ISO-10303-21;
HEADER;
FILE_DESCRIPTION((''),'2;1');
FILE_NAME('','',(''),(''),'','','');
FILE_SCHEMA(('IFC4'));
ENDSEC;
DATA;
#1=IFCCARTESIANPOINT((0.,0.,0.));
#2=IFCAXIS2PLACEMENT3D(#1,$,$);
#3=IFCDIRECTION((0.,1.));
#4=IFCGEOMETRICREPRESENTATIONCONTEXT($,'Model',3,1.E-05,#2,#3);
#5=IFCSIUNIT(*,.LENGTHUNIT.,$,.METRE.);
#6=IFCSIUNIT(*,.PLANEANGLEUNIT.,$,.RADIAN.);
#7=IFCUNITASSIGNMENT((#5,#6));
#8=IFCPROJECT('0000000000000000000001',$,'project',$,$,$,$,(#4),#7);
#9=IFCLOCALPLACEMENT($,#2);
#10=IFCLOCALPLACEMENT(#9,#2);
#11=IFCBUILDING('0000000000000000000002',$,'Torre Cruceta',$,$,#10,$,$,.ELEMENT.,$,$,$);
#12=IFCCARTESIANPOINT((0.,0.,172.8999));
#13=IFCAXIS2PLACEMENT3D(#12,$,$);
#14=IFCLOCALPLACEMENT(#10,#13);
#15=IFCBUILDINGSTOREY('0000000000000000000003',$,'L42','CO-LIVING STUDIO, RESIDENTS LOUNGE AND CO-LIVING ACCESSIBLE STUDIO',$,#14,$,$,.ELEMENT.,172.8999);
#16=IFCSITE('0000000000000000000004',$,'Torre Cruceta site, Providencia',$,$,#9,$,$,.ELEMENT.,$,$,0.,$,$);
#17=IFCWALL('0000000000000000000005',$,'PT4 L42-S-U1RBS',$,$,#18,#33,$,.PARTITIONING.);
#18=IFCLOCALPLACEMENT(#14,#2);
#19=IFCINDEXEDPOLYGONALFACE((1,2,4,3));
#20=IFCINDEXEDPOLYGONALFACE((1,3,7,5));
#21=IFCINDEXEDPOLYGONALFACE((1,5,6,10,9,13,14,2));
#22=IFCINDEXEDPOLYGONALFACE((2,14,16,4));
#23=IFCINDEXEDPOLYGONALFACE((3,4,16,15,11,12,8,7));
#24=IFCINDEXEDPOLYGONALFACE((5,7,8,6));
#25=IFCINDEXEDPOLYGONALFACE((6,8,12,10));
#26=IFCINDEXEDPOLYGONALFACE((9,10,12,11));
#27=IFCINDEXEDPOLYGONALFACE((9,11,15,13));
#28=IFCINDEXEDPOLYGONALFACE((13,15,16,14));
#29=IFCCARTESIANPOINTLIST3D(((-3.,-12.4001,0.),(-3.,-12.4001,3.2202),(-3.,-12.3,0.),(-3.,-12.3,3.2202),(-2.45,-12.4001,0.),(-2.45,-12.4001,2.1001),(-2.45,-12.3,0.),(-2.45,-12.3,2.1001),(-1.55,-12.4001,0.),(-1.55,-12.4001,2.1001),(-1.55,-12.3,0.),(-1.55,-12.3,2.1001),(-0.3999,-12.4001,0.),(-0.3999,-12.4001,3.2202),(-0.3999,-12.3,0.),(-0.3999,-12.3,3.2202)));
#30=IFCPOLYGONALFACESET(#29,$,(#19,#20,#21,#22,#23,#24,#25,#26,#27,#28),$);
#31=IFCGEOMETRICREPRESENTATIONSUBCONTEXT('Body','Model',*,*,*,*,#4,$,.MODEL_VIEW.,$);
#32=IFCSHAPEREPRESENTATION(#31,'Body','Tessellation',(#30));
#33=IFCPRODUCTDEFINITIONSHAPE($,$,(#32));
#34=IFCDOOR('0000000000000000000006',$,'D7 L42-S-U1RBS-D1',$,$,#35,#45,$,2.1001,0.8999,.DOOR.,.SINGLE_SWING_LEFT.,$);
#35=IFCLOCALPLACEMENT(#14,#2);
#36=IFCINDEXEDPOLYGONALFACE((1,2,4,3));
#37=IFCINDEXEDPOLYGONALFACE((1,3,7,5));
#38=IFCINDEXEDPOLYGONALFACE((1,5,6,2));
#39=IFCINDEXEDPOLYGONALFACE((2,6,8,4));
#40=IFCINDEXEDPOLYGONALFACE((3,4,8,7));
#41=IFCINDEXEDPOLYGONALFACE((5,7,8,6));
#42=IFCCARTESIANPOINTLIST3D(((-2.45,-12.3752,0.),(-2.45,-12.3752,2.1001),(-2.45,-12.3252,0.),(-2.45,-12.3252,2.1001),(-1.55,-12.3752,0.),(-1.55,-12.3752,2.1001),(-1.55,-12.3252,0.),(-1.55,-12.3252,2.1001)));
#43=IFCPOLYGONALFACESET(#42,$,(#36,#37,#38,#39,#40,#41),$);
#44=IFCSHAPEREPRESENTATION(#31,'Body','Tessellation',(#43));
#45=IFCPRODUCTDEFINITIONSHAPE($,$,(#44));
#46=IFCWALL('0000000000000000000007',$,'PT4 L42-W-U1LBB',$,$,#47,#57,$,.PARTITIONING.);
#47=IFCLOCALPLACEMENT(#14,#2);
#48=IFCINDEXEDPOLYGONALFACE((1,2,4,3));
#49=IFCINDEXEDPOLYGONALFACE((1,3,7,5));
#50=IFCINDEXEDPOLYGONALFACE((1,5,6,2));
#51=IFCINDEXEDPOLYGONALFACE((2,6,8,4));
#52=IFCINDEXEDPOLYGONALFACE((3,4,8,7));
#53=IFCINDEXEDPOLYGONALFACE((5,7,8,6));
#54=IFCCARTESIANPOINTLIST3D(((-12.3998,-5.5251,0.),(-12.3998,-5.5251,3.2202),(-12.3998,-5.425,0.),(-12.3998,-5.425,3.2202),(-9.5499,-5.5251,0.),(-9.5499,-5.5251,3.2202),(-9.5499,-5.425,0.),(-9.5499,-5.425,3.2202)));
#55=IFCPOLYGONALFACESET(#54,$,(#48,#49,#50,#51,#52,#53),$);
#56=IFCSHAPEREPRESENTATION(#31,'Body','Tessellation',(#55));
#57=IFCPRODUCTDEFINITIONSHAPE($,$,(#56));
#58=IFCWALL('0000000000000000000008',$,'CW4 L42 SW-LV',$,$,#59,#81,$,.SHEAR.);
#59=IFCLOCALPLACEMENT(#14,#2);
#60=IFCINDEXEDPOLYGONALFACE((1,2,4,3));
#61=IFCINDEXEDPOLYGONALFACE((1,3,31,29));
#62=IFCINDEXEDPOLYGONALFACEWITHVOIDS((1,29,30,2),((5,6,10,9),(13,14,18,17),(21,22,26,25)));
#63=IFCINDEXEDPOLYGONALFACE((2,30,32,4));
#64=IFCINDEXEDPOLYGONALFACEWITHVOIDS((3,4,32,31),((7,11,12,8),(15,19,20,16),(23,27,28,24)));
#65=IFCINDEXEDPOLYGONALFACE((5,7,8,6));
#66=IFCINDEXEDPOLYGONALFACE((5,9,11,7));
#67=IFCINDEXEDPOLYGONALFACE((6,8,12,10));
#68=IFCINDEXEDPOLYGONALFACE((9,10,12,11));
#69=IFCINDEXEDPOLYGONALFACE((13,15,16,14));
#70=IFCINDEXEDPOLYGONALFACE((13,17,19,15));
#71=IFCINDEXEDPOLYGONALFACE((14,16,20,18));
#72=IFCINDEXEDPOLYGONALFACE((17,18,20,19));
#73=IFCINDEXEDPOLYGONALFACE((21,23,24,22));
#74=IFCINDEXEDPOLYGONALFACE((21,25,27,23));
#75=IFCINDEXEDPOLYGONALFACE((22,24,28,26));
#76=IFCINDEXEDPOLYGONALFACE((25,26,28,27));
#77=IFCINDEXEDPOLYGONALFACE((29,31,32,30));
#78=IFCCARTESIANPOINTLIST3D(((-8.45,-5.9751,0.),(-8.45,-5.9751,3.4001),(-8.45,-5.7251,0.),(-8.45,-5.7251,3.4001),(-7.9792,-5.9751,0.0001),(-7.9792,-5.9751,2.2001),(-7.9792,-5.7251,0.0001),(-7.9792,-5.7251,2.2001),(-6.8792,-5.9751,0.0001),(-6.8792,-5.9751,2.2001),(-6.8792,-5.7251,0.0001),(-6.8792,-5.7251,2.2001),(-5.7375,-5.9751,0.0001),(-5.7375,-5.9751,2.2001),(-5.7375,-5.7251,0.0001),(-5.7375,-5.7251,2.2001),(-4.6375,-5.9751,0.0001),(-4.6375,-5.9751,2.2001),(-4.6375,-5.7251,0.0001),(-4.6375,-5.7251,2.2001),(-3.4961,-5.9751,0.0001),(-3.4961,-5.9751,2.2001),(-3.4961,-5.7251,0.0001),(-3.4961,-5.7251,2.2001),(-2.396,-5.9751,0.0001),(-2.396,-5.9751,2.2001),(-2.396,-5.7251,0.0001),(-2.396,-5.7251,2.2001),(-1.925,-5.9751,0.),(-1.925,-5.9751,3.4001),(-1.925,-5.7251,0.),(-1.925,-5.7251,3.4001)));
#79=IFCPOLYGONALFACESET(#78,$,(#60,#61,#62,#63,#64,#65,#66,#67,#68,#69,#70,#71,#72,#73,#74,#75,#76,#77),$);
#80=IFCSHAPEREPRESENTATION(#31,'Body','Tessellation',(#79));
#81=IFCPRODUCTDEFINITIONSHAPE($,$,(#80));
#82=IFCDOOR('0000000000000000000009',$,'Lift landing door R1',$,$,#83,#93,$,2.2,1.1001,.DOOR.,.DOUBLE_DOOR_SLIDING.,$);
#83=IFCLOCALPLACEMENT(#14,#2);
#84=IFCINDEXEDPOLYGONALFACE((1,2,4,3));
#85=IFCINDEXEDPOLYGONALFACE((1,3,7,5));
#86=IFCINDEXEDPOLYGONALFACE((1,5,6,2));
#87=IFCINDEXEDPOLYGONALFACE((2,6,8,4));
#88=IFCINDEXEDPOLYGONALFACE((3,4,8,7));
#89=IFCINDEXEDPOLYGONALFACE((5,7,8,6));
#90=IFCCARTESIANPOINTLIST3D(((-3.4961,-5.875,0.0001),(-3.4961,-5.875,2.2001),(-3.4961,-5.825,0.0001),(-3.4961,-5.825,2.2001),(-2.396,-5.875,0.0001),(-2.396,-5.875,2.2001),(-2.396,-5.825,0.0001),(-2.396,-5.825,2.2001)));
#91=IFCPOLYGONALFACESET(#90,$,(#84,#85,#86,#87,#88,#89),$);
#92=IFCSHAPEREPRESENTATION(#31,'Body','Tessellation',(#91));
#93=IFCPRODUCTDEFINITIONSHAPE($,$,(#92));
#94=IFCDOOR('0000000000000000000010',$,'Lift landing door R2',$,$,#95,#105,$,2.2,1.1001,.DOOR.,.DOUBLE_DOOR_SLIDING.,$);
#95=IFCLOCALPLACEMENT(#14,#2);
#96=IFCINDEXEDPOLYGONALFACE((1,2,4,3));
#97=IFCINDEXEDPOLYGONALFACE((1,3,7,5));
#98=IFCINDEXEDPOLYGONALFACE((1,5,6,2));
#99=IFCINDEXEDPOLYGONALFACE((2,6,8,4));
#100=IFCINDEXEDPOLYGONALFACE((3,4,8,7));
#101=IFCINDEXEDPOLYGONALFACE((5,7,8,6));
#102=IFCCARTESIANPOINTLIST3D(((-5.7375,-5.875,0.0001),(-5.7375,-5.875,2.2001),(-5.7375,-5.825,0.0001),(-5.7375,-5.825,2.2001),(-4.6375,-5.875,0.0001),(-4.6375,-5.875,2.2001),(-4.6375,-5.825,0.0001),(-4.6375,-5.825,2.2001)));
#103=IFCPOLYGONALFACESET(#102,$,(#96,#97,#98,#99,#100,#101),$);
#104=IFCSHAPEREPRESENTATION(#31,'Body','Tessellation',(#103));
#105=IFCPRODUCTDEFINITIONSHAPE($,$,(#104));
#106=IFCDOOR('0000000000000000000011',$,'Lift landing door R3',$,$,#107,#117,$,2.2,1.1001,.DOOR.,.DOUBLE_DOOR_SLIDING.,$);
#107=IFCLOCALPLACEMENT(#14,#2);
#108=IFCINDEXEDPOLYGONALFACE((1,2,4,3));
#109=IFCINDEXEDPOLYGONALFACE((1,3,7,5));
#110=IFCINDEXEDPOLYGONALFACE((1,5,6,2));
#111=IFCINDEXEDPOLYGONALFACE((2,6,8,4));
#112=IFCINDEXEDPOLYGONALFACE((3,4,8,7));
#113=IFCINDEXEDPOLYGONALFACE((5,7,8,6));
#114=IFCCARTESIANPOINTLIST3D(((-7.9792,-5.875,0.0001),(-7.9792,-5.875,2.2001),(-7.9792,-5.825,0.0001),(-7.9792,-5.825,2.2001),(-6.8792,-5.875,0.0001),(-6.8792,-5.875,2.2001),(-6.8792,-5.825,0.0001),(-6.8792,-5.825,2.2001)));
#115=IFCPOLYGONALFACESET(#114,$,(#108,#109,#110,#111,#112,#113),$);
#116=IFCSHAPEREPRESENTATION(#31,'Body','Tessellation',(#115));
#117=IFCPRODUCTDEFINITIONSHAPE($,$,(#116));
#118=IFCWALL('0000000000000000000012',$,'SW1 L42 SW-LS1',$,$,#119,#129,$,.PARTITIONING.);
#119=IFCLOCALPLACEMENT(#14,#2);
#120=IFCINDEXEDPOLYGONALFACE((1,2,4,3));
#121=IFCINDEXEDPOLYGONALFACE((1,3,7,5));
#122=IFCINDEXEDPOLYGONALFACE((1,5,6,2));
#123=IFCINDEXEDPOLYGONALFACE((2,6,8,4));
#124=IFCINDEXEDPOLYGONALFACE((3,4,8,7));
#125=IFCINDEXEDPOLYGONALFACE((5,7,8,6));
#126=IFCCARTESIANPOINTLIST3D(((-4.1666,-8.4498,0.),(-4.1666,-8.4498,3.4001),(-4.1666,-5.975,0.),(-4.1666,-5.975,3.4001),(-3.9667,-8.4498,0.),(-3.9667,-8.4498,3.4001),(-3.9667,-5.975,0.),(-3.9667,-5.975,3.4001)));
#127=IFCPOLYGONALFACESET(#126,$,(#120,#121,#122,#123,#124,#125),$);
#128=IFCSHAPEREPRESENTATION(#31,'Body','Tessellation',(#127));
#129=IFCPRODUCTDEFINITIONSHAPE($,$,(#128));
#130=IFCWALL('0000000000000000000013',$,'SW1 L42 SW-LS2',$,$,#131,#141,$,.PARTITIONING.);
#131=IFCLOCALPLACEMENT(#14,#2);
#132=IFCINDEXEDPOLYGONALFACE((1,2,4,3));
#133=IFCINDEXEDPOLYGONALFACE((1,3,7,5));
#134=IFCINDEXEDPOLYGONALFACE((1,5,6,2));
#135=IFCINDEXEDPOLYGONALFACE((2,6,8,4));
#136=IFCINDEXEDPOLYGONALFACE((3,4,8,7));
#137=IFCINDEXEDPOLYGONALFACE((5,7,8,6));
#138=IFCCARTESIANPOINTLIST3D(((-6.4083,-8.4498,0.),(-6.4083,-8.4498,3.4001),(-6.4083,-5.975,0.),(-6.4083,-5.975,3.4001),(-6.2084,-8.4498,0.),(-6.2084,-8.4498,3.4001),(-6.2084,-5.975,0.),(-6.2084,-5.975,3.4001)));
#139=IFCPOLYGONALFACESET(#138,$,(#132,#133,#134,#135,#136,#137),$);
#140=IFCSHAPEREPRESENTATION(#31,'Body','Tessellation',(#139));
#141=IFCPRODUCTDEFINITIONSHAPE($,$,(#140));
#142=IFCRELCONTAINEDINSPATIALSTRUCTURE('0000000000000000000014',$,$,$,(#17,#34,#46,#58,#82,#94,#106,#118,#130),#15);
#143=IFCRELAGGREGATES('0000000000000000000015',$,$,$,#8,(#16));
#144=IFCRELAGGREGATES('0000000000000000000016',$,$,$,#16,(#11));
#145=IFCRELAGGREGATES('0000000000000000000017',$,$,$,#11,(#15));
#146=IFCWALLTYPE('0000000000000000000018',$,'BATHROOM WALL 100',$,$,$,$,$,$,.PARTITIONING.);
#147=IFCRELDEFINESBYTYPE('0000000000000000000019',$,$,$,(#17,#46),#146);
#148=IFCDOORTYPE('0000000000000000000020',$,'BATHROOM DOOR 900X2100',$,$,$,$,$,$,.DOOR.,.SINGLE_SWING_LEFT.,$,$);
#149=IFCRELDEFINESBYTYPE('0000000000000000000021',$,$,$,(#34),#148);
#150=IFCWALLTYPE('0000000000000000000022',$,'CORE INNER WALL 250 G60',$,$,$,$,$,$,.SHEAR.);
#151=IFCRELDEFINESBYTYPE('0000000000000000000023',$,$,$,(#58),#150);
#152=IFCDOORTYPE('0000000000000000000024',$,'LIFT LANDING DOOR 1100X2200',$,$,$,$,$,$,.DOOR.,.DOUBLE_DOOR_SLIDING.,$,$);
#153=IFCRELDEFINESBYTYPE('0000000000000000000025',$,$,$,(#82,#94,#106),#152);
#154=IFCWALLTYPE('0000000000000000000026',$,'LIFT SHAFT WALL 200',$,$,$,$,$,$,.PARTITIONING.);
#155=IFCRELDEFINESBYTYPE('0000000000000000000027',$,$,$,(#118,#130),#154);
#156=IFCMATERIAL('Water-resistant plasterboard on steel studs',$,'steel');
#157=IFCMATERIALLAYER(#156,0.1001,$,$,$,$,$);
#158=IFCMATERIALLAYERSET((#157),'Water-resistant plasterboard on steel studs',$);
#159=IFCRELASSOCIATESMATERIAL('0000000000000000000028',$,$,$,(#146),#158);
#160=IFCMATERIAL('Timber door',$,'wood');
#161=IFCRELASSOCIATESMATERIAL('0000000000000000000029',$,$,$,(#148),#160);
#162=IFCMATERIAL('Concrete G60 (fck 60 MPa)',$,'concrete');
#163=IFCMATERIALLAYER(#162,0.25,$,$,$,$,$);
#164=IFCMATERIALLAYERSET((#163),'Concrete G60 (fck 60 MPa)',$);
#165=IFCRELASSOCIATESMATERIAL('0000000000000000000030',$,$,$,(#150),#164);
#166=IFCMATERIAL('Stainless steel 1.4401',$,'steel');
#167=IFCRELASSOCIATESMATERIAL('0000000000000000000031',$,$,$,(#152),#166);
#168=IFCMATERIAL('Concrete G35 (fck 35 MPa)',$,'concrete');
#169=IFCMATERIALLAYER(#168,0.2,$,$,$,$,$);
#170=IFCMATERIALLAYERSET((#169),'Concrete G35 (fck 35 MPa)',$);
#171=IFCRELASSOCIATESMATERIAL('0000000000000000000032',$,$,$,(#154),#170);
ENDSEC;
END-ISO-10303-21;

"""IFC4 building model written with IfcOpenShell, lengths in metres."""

from ifc_helpers import new_model, si_unit, direction, frame, frame_2d, origin, place, context, subcontext, project, spatial, rectangle, extrude, material, layer, layer_set, type_object, element, fill, save


model = new_model("IFC4")

# Units and contexts
model_context = context("Model", 3, precision=1e-05, world=origin(), true_north=direction((0.0, 1.0)))
body_context = subcontext(model_context, "Body", "Model", "MODEL_VIEW")
ifc_project = project(units=[si_unit("LENGTHUNIT", "METRE"), si_unit("PLANEANGLEUNIT", "RADIAN")], contexts=[model_context])

# Site, building, storey
site_placement = place(None, origin())
site = spatial("IfcSite", under=ifc_project, at=site_placement, Name="Torre Cruceta site, Providencia", CompositionType="ELEMENT", RefElevation=0.0)
building_placement = place(site_placement, origin())
building = spatial("IfcBuilding", under=site, at=building_placement, Name="Torre Cruceta", CompositionType="ELEMENT")
storey_placement = place(building_placement, frame((0.0, 0.0, 172.8999)))
storey = spatial("IfcBuildingStorey", under=building, at=storey_placement, Name="L42", Description="CO-LIVING STUDIO, RESIDENTS LOUNGE AND CO-LIVING ACCESSIBLE STUDIO", CompositionType="ELEMENT", Elevation=172.8999)

# Shared definitions
ifc_material_1 = material(Name="Water-resistant plasterboard on steel studs", Category="steel")
ifc_layer_1 = layer(ifc_material_1, 0.1001)
ifc_layer_set_1 = layer_set([ifc_layer_1], Name="Water-resistant plasterboard on steel studs")
wall_type_1 = type_object("IfcWallType", Name="BATHROOM WALL 100", PredefinedType="PARTITIONING", material=ifc_layer_set_1)

# Wall, opening, door
wall_1_placement = place(storey_placement, frame((-3.0, -12.3501, 0.0), z_axis=(0.0, 0.0, 1.0), x_axis=(1.0, 0.0, 0.0)))
wall_1 = element("IfcWall", 1, at=wall_1_placement, inside=storey, type_object=wall_type_1, Name="PT4 L42-S-U1RBS", PredefinedType="PARTITIONING", context=body_context, shape_type="SweptSolid", body=[
    extrude(rectangle(XDim=2.6001, YDim=0.1001, at=frame_2d((1.3, 0.0))), origin(), (0.0, 0.0, 1.0), 3.2202),
])
opening_1_placement = place(wall_1_placement, frame((0.55, 0.0, 0.0)))
opening_1 = element("IfcOpeningElement", 2, at=opening_1_placement, cuts=wall_1, PredefinedType="OPENING", context=body_context, shape_type="SweptSolid", body=[
    extrude(rectangle(XDim=0.8999, YDim=2.1001, at=frame_2d((0.45, 1.05))), frame((0.0, 0.0601, 0.0), z_axis=(0.0, -1.0, 0.0), x_axis=(1.0, 0.0, 0.0)), (0.0, 0.0, 1.0), 0.1201),
])
ifc_material_2 = material(Name="Timber door", Category="wood")
door_type_1 = type_object("IfcDoorType", Name="BATHROOM DOOR 900X2100", OperationType="SINGLE_SWING_LEFT", PredefinedType="DOOR", material=ifc_material_2)
door_1_placement = place(opening_1_placement, origin())
door_1 = element("IfcDoor", 3, at=door_1_placement, inside=storey, type_object=door_type_1, Name="D7 L42-S-U1RBS-D1", OperationType="SINGLE_SWING_LEFT", OverallHeight=2.1001, OverallWidth=0.8999, PredefinedType="DOOR", context=body_context, shape_type="SweptSolid", body=[
    extrude(rectangle(XDim=0.8999, YDim=2.1001, at=frame_2d((0.45, 1.05))), frame((0.0, 0.0249, 0.0), z_axis=(0.0, -1.0, 0.0), x_axis=(1.0, 0.0, 0.0)), (0.0, 0.0, 1.0), 0.05),
])
fill(opening_1, door_1)

# Wall
wall_2_placement = place(storey_placement, frame((-9.55, -5.4751, 0.0), z_axis=(0.0, 0.0, 1.0), x_axis=(-1.0, 0.0, 0.0)))
element("IfcWall", 4, at=wall_2_placement, inside=storey, type_object=wall_type_1, Name="PT4 L42-W-U1LBB", PredefinedType="PARTITIONING", context=body_context, shape_type="SweptSolid", body=[
    extrude(rectangle(XDim=2.8499, YDim=0.1001, at=frame_2d((1.4248, 0.0))), origin(), (0.0, 0.0, 1.0), 3.2202),
])

# Wall, openings, doors
ifc_material_3 = material(Name="Concrete G60 (fck 60 MPa)", Category="concrete")
ifc_layer_2 = layer(ifc_material_3, 0.25)
ifc_layer_set_2 = layer_set([ifc_layer_2], Name="Concrete G60 (fck 60 MPa)")
wall_type_2 = type_object("IfcWallType", Name="CORE INNER WALL 250 G60", PredefinedType="SHEAR", material=ifc_layer_set_2)
wall_3_placement = place(storey_placement, frame((-1.925, -5.8501, 0.0), z_axis=(0.0, 0.0, 1.0), x_axis=(-1.0, 0.0, 0.0)))
wall_3 = element("IfcWall", 5, at=wall_3_placement, inside=storey, type_object=wall_type_2, Name="CW4 L42 SW-LV", PredefinedType="SHEAR", context=body_context, shape_type="SweptSolid", body=[
    extrude(rectangle(XDim=6.5249, YDim=0.25, at=frame_2d((3.2625, 0.0))), origin(), (0.0, 0.0, 1.0), 3.4001),
])
opening_2_placement = place(wall_3_placement, frame((0.4709, 0.0, 0.0)))
opening_2 = element("IfcOpeningElement", 6, at=opening_2_placement, cuts=wall_3, PredefinedType="OPENING", context=body_context, shape_type="SweptSolid", body=[
    extrude(rectangle(XDim=1.1001, YDim=2.2, at=frame_2d((0.55, 1.1001))), frame((0.0, 0.135, 0.0), z_axis=(0.0, -1.0, 0.0), x_axis=(1.0, 0.0, 0.0)), (0.0, 0.0, 1.0), 0.27),
])
opening_3_placement = place(wall_3_placement, frame((2.7124, 0.0, 0.0)))
opening_3 = element("IfcOpeningElement", 7, at=opening_3_placement, cuts=wall_3, PredefinedType="OPENING", context=body_context, shape_type="SweptSolid", body=[
    extrude(rectangle(XDim=1.1001, YDim=2.2, at=frame_2d((0.55, 1.1001))), frame((0.0, 0.135, 0.0), z_axis=(0.0, -1.0, 0.0), x_axis=(1.0, 0.0, 0.0)), (0.0, 0.0, 1.0), 0.27),
])
opening_4_placement = place(wall_3_placement, frame((4.9541, 0.0, 0.0)))
opening_4 = element("IfcOpeningElement", 8, at=opening_4_placement, cuts=wall_3, PredefinedType="OPENING", context=body_context, shape_type="SweptSolid", body=[
    extrude(rectangle(XDim=1.1001, YDim=2.2, at=frame_2d((0.55, 1.1001))), frame((0.0, 0.135, 0.0), z_axis=(0.0, -1.0, 0.0), x_axis=(1.0, 0.0, 0.0)), (0.0, 0.0, 1.0), 0.27),
])
ifc_material_4 = material(Name="Stainless steel 1.4401", Category="steel")
door_type_2 = type_object("IfcDoorType", Name="LIFT LANDING DOOR 1100X2200", OperationType="DOUBLE_DOOR_SLIDING", PredefinedType="DOOR", material=ifc_material_4)
door_2_placement = place(opening_2_placement, origin())
door_2 = element("IfcDoor", 9, at=door_2_placement, inside=storey, type_object=door_type_2, Name="Lift landing door R1", OperationType="DOUBLE_DOOR_SLIDING", OverallHeight=2.2, OverallWidth=1.1001, PredefinedType="DOOR", context=body_context, shape_type="SweptSolid", body=[
    extrude(rectangle(XDim=1.1001, YDim=2.2, at=frame_2d((0.55, 1.1001))), frame((0.0, 0.0249, 0.0), z_axis=(0.0, -1.0, 0.0), x_axis=(1.0, 0.0, 0.0)), (0.0, 0.0, 1.0), 0.05),
])
fill(opening_2, door_2)
door_3_placement = place(opening_3_placement, origin())
door_3 = element("IfcDoor", 10, at=door_3_placement, inside=storey, type_object=door_type_2, Name="Lift landing door R2", OperationType="DOUBLE_DOOR_SLIDING", OverallHeight=2.2, OverallWidth=1.1001, PredefinedType="DOOR", context=body_context, shape_type="SweptSolid", body=[
    extrude(rectangle(XDim=1.1001, YDim=2.2, at=frame_2d((0.55, 1.1001))), frame((0.0, 0.0249, 0.0), z_axis=(0.0, -1.0, 0.0), x_axis=(1.0, 0.0, 0.0)), (0.0, 0.0, 1.0), 0.05),
])
fill(opening_3, door_3)
door_4_placement = place(opening_4_placement, origin())
door_4 = element("IfcDoor", 11, at=door_4_placement, inside=storey, type_object=door_type_2, Name="Lift landing door R3", OperationType="DOUBLE_DOOR_SLIDING", OverallHeight=2.2, OverallWidth=1.1001, PredefinedType="DOOR", context=body_context, shape_type="SweptSolid", body=[
    extrude(rectangle(XDim=1.1001, YDim=2.2, at=frame_2d((0.55, 1.1001))), frame((0.0, 0.0249, 0.0), z_axis=(0.0, -1.0, 0.0), x_axis=(1.0, 0.0, 0.0)), (0.0, 0.0, 1.0), 0.05),
])
fill(opening_4, door_4)

# Walls
ifc_material_5 = material(Name="Concrete G35 (fck 35 MPa)", Category="concrete")
ifc_layer_3 = layer(ifc_material_5, 0.2)
ifc_layer_set_3 = layer_set([ifc_layer_3], Name="Concrete G35 (fck 35 MPa)")
wall_type_3 = type_object("IfcWallType", Name="LIFT SHAFT WALL 200", PredefinedType="PARTITIONING", material=ifc_layer_set_3)
for number, where, z_axis, x_axis, name in (
    (12, (-4.0667, -5.9751, 0.0), (0.0, 0.0, 1.0), (0.0, -1.0, 0.0), "SW1 L42 SW-LS1"),
    (13, (-6.3083, -5.9751, 0.0), (0.0, 0.0, 1.0), (0.0, -1.0, 0.0), "SW1 L42 SW-LS2"),
):
    element("IfcWall", number, at=place(storey_placement, frame(where, z_axis=z_axis, x_axis=x_axis)), inside=storey, type_object=wall_type_3, Name=name, PredefinedType="PARTITIONING", context=body_context, shape_type="SweptSolid", body=[
        extrude(rectangle(XDim=2.4749, YDim=0.2, at=frame_2d((1.2373, 0.0))), origin(), (0.0, 0.0, 1.0), 3.4001),
    ])

save(model, "model.ifc")
